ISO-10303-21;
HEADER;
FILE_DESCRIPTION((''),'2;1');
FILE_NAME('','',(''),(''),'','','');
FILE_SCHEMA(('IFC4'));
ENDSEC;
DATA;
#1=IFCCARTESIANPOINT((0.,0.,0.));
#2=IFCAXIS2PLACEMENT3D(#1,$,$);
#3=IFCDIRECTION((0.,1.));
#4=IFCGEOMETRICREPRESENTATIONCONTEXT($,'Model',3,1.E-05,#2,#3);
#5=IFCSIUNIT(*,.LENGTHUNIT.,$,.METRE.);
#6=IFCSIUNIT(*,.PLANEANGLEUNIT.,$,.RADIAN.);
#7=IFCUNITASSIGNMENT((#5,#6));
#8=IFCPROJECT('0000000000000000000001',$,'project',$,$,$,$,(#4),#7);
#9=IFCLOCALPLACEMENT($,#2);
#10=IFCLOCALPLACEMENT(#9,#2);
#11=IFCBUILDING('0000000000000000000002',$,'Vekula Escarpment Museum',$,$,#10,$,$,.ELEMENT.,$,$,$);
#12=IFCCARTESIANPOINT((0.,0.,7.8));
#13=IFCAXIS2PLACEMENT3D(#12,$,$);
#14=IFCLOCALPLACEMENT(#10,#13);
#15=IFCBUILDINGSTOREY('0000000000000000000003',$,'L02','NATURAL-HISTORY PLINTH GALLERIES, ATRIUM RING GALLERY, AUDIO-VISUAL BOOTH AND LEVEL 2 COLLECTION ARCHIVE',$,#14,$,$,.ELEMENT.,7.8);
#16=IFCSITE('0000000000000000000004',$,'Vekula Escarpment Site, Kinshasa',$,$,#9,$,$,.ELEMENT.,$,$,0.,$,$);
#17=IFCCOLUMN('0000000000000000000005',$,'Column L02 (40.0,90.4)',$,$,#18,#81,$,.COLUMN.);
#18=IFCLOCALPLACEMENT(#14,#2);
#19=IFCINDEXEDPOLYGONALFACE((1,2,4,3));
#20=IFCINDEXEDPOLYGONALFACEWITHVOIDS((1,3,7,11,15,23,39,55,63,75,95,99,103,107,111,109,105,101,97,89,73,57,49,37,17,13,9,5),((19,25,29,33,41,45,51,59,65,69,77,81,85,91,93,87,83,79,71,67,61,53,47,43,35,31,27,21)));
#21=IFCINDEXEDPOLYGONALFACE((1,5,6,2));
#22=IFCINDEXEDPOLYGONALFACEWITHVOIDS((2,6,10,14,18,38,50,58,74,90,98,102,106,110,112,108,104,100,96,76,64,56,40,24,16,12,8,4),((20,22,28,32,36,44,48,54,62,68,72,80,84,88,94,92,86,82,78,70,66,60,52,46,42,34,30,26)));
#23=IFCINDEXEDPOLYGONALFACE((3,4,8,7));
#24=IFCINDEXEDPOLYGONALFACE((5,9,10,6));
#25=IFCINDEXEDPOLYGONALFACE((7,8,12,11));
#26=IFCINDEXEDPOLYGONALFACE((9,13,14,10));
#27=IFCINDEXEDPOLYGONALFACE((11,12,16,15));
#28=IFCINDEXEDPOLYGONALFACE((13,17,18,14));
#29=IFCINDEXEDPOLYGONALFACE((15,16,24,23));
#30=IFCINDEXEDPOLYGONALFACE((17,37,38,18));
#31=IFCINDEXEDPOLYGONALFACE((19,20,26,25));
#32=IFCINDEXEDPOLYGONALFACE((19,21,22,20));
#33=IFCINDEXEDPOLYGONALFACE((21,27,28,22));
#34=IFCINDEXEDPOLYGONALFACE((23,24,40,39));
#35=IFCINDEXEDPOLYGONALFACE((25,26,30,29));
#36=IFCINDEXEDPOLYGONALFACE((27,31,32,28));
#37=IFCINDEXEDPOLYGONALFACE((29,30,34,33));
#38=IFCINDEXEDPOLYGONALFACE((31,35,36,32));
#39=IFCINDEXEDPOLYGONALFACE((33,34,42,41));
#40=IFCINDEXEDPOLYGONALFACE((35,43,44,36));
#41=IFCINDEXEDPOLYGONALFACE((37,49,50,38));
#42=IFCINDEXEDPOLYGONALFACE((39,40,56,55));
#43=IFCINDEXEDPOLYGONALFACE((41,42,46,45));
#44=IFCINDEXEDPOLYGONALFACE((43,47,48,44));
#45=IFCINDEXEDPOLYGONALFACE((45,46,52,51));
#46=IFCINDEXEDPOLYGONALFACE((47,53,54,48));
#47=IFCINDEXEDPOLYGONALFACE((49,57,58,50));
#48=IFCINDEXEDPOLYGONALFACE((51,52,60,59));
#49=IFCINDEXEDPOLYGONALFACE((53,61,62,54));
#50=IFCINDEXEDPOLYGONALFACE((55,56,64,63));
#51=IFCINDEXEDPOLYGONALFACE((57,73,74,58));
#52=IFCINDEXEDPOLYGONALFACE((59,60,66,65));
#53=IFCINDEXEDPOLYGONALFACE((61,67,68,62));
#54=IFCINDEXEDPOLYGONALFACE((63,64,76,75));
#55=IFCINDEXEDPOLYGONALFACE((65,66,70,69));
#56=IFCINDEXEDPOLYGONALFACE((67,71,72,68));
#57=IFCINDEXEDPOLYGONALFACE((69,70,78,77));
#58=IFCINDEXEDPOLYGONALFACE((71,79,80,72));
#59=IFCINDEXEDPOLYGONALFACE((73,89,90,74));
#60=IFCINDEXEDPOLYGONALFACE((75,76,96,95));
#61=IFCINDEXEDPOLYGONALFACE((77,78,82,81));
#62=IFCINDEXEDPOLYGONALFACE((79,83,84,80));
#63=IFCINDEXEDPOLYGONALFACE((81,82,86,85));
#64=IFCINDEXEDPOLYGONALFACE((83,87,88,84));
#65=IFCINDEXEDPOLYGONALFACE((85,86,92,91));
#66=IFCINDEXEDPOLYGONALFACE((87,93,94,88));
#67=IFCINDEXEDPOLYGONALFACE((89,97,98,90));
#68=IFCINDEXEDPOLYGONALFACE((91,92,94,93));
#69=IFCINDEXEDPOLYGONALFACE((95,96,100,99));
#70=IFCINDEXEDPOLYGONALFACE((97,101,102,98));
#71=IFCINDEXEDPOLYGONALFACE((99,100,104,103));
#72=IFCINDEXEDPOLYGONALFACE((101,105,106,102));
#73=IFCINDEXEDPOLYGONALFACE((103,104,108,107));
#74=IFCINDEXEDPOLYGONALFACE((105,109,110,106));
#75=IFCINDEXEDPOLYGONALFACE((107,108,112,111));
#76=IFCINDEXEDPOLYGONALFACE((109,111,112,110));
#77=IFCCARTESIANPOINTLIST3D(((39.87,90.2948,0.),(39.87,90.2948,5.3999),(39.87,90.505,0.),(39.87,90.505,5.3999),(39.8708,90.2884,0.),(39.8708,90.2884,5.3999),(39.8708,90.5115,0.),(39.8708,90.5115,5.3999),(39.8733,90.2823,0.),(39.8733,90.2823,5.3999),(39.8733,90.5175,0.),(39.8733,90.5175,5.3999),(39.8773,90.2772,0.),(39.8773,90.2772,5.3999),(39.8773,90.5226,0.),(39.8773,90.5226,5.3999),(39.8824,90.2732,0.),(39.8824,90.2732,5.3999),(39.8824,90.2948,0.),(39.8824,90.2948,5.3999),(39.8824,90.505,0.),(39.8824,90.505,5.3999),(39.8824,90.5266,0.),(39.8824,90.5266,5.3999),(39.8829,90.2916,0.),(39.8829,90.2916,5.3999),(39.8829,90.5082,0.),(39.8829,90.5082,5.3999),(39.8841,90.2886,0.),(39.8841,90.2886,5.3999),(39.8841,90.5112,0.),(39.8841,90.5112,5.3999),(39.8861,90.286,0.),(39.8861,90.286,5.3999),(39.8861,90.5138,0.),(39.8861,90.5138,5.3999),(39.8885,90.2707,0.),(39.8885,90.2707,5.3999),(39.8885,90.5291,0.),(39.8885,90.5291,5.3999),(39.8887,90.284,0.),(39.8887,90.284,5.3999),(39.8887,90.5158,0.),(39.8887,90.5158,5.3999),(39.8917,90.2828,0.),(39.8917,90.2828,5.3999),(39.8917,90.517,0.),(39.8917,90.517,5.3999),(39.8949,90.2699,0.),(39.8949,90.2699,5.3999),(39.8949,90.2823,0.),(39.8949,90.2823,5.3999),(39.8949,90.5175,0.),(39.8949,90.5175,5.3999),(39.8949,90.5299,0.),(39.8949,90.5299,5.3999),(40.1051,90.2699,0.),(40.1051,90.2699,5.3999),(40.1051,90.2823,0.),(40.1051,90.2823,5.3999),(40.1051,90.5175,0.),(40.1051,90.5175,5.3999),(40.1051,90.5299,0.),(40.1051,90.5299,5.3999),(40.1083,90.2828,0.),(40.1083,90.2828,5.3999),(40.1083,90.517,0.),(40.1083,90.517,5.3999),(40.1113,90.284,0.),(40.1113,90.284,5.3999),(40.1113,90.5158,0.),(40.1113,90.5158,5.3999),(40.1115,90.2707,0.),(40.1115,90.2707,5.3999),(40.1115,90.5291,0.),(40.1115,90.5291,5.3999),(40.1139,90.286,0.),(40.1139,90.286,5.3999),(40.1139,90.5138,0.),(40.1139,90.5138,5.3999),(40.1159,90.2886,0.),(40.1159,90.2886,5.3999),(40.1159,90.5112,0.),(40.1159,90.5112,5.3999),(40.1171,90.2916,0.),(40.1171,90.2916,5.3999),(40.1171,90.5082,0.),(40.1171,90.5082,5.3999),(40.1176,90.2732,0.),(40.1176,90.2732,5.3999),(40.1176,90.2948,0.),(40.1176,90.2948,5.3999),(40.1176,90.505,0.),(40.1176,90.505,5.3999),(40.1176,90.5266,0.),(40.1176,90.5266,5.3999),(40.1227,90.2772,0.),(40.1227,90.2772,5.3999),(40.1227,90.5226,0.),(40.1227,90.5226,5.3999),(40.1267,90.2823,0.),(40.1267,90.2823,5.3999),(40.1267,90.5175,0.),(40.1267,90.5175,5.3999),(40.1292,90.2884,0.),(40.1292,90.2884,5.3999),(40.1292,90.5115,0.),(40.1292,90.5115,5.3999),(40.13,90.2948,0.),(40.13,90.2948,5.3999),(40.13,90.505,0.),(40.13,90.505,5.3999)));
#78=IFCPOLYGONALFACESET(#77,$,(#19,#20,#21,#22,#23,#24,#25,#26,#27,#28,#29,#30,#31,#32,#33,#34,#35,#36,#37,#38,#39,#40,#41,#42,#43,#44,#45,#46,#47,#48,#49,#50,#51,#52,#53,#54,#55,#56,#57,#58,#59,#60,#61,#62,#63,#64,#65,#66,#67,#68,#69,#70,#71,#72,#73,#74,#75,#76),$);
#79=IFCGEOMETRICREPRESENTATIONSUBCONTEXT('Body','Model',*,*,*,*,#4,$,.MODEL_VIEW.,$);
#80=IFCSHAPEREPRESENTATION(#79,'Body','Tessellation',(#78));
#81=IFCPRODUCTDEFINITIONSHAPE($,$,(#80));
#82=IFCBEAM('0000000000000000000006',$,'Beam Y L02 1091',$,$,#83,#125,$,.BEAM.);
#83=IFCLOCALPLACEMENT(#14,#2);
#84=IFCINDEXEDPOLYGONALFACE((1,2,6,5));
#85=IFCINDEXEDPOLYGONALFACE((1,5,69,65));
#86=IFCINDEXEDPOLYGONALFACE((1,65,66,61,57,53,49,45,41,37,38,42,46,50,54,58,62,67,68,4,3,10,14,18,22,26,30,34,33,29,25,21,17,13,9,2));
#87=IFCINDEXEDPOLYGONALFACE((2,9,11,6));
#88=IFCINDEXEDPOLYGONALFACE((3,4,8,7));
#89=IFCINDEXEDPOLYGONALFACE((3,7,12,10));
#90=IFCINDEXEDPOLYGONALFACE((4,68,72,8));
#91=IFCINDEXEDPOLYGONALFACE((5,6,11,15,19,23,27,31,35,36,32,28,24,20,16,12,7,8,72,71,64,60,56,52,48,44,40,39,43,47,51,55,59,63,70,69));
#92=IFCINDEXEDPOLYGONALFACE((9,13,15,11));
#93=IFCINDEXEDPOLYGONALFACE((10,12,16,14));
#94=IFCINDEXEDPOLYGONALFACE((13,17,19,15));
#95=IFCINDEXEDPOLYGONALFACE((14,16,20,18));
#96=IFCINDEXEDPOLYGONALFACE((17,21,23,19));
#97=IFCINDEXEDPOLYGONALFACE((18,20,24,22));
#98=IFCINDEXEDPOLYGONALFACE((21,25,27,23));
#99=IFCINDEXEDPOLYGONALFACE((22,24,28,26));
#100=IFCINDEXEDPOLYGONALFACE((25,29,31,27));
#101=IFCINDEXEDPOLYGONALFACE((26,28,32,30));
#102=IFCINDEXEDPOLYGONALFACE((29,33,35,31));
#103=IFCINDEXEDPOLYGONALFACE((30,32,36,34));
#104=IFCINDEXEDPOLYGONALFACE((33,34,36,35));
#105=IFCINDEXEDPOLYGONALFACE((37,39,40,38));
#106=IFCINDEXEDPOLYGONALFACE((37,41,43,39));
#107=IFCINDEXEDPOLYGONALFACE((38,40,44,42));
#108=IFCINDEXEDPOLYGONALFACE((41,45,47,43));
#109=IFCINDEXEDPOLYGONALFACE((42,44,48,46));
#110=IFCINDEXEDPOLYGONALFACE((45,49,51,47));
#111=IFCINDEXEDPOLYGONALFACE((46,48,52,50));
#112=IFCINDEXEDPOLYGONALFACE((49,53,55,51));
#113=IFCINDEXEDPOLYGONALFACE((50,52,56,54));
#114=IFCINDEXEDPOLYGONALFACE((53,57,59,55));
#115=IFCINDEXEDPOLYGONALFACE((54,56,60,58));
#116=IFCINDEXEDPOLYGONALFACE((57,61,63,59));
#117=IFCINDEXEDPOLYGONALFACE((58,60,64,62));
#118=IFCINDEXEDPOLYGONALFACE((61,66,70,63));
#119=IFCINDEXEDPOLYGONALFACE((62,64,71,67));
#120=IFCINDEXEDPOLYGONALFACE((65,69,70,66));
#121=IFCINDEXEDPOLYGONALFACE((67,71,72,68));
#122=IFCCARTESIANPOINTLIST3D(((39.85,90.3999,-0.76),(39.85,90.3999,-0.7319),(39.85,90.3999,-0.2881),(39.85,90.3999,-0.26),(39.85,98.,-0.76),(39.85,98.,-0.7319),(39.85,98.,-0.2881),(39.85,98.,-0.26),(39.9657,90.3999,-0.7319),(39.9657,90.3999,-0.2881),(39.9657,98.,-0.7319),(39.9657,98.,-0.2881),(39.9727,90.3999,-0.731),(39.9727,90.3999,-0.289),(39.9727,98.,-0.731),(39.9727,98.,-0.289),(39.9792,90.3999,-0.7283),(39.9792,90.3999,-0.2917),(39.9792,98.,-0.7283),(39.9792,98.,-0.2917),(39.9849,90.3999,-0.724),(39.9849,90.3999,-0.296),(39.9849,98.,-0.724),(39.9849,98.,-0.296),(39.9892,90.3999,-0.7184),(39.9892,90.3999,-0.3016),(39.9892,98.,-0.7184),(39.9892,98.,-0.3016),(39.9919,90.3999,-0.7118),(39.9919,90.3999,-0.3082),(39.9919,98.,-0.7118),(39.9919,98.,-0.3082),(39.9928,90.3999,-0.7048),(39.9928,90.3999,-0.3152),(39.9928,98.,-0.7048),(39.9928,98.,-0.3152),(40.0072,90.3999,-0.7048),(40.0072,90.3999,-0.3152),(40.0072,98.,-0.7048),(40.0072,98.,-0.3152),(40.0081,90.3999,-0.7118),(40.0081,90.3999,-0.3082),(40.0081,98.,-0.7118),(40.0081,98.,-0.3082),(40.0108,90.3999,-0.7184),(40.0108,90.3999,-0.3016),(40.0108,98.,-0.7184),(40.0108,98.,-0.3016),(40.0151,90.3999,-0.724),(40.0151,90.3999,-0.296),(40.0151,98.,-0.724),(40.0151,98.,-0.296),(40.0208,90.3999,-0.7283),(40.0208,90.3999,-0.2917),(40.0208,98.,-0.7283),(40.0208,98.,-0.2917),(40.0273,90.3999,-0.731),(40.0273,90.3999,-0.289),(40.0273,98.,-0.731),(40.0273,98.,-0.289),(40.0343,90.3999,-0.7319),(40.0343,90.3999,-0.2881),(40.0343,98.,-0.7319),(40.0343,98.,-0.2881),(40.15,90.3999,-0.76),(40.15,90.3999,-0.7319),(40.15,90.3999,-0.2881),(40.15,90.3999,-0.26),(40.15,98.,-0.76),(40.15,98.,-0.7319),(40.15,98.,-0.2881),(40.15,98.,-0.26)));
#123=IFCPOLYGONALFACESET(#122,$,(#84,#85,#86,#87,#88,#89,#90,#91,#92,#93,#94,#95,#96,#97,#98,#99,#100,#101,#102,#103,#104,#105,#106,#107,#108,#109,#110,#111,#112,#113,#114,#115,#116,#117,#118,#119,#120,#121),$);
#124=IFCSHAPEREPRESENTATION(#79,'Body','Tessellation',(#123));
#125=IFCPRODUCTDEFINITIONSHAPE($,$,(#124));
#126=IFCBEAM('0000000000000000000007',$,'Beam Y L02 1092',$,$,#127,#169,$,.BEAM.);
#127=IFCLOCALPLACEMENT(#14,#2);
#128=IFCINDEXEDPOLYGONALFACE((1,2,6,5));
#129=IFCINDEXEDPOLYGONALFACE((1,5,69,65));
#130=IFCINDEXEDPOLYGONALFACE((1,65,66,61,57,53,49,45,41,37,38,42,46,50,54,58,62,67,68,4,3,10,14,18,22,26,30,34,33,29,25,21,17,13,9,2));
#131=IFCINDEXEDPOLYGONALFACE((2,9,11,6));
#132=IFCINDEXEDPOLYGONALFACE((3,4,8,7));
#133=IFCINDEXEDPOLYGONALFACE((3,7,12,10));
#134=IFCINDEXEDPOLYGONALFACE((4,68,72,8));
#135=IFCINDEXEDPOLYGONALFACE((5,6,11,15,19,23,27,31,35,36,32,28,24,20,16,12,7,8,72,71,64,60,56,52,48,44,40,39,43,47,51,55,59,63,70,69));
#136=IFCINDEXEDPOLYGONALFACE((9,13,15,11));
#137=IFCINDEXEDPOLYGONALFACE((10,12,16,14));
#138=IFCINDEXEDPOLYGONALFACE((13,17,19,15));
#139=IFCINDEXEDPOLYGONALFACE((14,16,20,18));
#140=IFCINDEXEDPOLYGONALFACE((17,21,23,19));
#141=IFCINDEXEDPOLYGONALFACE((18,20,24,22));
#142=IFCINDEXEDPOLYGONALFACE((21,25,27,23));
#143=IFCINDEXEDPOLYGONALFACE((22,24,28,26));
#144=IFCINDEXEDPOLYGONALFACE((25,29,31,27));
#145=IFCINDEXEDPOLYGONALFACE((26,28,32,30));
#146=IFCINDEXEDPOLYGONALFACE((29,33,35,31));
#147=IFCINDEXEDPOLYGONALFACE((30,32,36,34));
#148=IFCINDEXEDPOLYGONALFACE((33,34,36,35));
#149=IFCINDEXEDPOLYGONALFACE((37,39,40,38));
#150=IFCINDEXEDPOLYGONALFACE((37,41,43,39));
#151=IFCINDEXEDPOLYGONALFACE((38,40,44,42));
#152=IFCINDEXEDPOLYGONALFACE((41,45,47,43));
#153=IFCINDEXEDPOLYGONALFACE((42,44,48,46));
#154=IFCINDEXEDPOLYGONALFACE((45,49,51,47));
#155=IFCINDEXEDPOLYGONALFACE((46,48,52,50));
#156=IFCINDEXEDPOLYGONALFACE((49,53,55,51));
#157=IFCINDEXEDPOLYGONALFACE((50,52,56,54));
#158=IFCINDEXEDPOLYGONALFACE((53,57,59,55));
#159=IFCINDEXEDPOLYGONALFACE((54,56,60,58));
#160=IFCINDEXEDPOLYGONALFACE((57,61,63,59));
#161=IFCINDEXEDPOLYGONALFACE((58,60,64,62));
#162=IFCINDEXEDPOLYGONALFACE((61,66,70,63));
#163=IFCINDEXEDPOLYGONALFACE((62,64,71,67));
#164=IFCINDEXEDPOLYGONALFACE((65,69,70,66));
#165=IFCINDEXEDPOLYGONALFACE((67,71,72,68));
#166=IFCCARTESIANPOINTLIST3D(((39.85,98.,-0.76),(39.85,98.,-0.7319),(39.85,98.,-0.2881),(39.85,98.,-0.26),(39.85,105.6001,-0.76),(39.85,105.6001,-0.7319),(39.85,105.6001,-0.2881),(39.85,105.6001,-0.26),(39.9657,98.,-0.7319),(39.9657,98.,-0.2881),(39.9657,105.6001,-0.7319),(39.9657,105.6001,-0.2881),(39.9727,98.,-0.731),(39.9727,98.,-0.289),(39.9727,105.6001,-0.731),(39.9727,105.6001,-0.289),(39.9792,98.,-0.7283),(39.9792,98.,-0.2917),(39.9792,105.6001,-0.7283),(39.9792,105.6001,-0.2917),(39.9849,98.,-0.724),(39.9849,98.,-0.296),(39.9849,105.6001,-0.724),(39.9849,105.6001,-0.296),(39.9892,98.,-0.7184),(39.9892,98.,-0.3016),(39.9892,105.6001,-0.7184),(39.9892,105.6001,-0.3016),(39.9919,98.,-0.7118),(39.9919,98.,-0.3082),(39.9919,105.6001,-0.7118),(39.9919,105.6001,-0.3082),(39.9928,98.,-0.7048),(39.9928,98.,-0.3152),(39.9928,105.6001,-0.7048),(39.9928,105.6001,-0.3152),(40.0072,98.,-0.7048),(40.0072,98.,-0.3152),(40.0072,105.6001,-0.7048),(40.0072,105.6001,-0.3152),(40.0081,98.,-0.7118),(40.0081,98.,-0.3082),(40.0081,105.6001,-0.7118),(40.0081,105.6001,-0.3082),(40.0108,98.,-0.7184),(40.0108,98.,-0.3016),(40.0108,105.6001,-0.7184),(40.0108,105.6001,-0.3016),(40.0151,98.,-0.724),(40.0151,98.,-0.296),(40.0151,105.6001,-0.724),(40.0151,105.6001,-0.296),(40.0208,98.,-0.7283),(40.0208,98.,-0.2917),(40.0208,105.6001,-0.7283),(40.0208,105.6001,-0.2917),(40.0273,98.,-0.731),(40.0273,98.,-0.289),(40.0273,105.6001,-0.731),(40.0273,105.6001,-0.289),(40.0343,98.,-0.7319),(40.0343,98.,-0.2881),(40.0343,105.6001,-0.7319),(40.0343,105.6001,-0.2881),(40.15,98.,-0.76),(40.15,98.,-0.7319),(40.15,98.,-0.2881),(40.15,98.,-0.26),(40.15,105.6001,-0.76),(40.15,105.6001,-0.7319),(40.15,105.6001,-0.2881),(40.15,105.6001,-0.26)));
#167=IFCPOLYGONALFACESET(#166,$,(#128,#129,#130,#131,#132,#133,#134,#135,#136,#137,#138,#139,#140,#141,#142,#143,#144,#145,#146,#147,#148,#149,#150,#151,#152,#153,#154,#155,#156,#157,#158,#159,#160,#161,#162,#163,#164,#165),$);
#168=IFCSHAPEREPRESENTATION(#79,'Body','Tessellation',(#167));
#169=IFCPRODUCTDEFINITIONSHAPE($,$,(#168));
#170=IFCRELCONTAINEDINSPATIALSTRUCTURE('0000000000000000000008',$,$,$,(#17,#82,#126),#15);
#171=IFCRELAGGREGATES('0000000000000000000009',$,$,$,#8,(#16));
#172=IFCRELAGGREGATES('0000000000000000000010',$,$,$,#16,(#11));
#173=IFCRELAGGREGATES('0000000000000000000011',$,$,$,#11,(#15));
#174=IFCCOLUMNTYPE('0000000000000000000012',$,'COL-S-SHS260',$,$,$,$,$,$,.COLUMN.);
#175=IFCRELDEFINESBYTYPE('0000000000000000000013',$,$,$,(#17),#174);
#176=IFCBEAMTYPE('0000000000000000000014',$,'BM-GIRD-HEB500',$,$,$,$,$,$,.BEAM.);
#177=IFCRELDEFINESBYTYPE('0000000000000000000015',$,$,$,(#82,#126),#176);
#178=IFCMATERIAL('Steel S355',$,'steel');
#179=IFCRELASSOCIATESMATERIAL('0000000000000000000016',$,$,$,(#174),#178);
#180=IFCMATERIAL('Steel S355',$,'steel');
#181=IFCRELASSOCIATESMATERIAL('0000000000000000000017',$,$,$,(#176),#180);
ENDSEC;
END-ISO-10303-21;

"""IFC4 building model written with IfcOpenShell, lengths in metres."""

from ifc_helpers import new_model, si_unit, direction, frame, origin, origin_2d, place, context, subcontext, project, spatial, hollow_rectangle, i_section, extrude, material, material_profile, profile_set, type_object, element, save


model = new_model("IFC4")

# Units and contexts
model_context = context("Model", 3, precision=1e-05, world=origin(), true_north=direction((0.0, 1.0)))
body_context = subcontext(model_context, "Body", "Model", "MODEL_VIEW")
ifc_project = project(units=[si_unit("LENGTHUNIT", "METRE"), si_unit("PLANEANGLEUNIT", "RADIAN")], contexts=[model_context])

# Site, building, storey
site_placement = place(None, origin())
site = spatial("IfcSite", under=ifc_project, at=site_placement, Name="Vekula Escarpment Site, Kinshasa", CompositionType="ELEMENT", RefElevation=0.0)
building_placement = place(site_placement, origin())
building = spatial("IfcBuilding", under=site, at=building_placement, Name="Vekula Escarpment Museum", CompositionType="ELEMENT")
storey_placement = place(building_placement, frame((0.0, 0.0, 7.8)))
storey = spatial("IfcBuildingStorey", under=building, at=storey_placement, Name="L02", Description="NATURAL-HISTORY PLINTH GALLERIES, ATRIUM RING GALLERY, AUDIO-VISUAL BOOTH AND LEVEL 2 COLLECTION ARCHIVE", CompositionType="ELEMENT", Elevation=7.8)

# Column
ifc_material_1 = material(Name="Steel S355", Category="steel")
ifc_material_profile_1 = material_profile(ifc_material_1, hollow_rectangle(XDim=0.26, YDim=0.26, WallThickness=0.0125, InnerFilletRadius=0.0125, OuterFilletRadius=0.0249, at=origin_2d()), Name="SHS 260x260x12.5")
ifc_profile_set_1 = profile_set([ifc_material_profile_1], Name="Steel S355")
column_type_1 = type_object("IfcColumnType", Name="COL-S-SHS260", PredefinedType="COLUMN", material=ifc_profile_set_1)
column_1_placement = place(storey_placement, frame((40.0, 90.3999, 0.0), z_axis=(0.0, 0.0, 1.0), x_axis=(1.0, 0.0, 0.0)))
element("IfcColumn", 1, at=column_1_placement, inside=storey, type_object=column_type_1, Name="Column L02 (40.0,90.4)", PredefinedType="COLUMN", context=body_context, shape_type="SweptSolid", body=[
    extrude(hollow_rectangle(XDim=0.26, YDim=0.26, WallThickness=0.0125, InnerFilletRadius=0.0125, OuterFilletRadius=0.0249, at=origin_2d()), origin(), (0.0, 0.0, 1.0), 5.3999),
])

# Beams
ifc_material_2 = material(Name="Steel S355", Category="steel")
ifc_material_profile_2 = material_profile(ifc_material_2, i_section(OverallWidth=0.3, OverallDepth=0.5, WebThickness=0.0144, FlangeThickness=0.0281, FilletRadius=0.0271, at=origin_2d()), Name="HEB 500")
ifc_profile_set_2 = profile_set([ifc_material_profile_2], Name="Steel S355")
beam_type_1 = type_object("IfcBeamType", Name="BM-GIRD-HEB500", PredefinedType="BEAM", material=ifc_profile_set_2)
for number, where, z_axis, x_axis, name in (
    (2, (40.0, 90.3999, -0.51), (0.0, 1.0, 0.0), (-1.0, 0.0, 0.0), "Beam Y L02 1091"),
    (3, (40.0, 98.0, -0.51), (0.0, 1.0, 0.0), (-1.0, 0.0, 0.0), "Beam Y L02 1092"),
):
    element("IfcBeam", number, at=place(storey_placement, frame(where, z_axis=z_axis, x_axis=x_axis)), inside=storey, type_object=beam_type_1, Name=name, PredefinedType="BEAM", context=body_context, shape_type="SweptSolid", body=[
        extrude(i_section(OverallWidth=0.3, OverallDepth=0.5, WebThickness=0.0144, FlangeThickness=0.0281, FilletRadius=0.0271, at=origin_2d()), origin(), (0.0, 0.0, 1.0), 7.6001),
    ])

save(model, "model.ifc")
